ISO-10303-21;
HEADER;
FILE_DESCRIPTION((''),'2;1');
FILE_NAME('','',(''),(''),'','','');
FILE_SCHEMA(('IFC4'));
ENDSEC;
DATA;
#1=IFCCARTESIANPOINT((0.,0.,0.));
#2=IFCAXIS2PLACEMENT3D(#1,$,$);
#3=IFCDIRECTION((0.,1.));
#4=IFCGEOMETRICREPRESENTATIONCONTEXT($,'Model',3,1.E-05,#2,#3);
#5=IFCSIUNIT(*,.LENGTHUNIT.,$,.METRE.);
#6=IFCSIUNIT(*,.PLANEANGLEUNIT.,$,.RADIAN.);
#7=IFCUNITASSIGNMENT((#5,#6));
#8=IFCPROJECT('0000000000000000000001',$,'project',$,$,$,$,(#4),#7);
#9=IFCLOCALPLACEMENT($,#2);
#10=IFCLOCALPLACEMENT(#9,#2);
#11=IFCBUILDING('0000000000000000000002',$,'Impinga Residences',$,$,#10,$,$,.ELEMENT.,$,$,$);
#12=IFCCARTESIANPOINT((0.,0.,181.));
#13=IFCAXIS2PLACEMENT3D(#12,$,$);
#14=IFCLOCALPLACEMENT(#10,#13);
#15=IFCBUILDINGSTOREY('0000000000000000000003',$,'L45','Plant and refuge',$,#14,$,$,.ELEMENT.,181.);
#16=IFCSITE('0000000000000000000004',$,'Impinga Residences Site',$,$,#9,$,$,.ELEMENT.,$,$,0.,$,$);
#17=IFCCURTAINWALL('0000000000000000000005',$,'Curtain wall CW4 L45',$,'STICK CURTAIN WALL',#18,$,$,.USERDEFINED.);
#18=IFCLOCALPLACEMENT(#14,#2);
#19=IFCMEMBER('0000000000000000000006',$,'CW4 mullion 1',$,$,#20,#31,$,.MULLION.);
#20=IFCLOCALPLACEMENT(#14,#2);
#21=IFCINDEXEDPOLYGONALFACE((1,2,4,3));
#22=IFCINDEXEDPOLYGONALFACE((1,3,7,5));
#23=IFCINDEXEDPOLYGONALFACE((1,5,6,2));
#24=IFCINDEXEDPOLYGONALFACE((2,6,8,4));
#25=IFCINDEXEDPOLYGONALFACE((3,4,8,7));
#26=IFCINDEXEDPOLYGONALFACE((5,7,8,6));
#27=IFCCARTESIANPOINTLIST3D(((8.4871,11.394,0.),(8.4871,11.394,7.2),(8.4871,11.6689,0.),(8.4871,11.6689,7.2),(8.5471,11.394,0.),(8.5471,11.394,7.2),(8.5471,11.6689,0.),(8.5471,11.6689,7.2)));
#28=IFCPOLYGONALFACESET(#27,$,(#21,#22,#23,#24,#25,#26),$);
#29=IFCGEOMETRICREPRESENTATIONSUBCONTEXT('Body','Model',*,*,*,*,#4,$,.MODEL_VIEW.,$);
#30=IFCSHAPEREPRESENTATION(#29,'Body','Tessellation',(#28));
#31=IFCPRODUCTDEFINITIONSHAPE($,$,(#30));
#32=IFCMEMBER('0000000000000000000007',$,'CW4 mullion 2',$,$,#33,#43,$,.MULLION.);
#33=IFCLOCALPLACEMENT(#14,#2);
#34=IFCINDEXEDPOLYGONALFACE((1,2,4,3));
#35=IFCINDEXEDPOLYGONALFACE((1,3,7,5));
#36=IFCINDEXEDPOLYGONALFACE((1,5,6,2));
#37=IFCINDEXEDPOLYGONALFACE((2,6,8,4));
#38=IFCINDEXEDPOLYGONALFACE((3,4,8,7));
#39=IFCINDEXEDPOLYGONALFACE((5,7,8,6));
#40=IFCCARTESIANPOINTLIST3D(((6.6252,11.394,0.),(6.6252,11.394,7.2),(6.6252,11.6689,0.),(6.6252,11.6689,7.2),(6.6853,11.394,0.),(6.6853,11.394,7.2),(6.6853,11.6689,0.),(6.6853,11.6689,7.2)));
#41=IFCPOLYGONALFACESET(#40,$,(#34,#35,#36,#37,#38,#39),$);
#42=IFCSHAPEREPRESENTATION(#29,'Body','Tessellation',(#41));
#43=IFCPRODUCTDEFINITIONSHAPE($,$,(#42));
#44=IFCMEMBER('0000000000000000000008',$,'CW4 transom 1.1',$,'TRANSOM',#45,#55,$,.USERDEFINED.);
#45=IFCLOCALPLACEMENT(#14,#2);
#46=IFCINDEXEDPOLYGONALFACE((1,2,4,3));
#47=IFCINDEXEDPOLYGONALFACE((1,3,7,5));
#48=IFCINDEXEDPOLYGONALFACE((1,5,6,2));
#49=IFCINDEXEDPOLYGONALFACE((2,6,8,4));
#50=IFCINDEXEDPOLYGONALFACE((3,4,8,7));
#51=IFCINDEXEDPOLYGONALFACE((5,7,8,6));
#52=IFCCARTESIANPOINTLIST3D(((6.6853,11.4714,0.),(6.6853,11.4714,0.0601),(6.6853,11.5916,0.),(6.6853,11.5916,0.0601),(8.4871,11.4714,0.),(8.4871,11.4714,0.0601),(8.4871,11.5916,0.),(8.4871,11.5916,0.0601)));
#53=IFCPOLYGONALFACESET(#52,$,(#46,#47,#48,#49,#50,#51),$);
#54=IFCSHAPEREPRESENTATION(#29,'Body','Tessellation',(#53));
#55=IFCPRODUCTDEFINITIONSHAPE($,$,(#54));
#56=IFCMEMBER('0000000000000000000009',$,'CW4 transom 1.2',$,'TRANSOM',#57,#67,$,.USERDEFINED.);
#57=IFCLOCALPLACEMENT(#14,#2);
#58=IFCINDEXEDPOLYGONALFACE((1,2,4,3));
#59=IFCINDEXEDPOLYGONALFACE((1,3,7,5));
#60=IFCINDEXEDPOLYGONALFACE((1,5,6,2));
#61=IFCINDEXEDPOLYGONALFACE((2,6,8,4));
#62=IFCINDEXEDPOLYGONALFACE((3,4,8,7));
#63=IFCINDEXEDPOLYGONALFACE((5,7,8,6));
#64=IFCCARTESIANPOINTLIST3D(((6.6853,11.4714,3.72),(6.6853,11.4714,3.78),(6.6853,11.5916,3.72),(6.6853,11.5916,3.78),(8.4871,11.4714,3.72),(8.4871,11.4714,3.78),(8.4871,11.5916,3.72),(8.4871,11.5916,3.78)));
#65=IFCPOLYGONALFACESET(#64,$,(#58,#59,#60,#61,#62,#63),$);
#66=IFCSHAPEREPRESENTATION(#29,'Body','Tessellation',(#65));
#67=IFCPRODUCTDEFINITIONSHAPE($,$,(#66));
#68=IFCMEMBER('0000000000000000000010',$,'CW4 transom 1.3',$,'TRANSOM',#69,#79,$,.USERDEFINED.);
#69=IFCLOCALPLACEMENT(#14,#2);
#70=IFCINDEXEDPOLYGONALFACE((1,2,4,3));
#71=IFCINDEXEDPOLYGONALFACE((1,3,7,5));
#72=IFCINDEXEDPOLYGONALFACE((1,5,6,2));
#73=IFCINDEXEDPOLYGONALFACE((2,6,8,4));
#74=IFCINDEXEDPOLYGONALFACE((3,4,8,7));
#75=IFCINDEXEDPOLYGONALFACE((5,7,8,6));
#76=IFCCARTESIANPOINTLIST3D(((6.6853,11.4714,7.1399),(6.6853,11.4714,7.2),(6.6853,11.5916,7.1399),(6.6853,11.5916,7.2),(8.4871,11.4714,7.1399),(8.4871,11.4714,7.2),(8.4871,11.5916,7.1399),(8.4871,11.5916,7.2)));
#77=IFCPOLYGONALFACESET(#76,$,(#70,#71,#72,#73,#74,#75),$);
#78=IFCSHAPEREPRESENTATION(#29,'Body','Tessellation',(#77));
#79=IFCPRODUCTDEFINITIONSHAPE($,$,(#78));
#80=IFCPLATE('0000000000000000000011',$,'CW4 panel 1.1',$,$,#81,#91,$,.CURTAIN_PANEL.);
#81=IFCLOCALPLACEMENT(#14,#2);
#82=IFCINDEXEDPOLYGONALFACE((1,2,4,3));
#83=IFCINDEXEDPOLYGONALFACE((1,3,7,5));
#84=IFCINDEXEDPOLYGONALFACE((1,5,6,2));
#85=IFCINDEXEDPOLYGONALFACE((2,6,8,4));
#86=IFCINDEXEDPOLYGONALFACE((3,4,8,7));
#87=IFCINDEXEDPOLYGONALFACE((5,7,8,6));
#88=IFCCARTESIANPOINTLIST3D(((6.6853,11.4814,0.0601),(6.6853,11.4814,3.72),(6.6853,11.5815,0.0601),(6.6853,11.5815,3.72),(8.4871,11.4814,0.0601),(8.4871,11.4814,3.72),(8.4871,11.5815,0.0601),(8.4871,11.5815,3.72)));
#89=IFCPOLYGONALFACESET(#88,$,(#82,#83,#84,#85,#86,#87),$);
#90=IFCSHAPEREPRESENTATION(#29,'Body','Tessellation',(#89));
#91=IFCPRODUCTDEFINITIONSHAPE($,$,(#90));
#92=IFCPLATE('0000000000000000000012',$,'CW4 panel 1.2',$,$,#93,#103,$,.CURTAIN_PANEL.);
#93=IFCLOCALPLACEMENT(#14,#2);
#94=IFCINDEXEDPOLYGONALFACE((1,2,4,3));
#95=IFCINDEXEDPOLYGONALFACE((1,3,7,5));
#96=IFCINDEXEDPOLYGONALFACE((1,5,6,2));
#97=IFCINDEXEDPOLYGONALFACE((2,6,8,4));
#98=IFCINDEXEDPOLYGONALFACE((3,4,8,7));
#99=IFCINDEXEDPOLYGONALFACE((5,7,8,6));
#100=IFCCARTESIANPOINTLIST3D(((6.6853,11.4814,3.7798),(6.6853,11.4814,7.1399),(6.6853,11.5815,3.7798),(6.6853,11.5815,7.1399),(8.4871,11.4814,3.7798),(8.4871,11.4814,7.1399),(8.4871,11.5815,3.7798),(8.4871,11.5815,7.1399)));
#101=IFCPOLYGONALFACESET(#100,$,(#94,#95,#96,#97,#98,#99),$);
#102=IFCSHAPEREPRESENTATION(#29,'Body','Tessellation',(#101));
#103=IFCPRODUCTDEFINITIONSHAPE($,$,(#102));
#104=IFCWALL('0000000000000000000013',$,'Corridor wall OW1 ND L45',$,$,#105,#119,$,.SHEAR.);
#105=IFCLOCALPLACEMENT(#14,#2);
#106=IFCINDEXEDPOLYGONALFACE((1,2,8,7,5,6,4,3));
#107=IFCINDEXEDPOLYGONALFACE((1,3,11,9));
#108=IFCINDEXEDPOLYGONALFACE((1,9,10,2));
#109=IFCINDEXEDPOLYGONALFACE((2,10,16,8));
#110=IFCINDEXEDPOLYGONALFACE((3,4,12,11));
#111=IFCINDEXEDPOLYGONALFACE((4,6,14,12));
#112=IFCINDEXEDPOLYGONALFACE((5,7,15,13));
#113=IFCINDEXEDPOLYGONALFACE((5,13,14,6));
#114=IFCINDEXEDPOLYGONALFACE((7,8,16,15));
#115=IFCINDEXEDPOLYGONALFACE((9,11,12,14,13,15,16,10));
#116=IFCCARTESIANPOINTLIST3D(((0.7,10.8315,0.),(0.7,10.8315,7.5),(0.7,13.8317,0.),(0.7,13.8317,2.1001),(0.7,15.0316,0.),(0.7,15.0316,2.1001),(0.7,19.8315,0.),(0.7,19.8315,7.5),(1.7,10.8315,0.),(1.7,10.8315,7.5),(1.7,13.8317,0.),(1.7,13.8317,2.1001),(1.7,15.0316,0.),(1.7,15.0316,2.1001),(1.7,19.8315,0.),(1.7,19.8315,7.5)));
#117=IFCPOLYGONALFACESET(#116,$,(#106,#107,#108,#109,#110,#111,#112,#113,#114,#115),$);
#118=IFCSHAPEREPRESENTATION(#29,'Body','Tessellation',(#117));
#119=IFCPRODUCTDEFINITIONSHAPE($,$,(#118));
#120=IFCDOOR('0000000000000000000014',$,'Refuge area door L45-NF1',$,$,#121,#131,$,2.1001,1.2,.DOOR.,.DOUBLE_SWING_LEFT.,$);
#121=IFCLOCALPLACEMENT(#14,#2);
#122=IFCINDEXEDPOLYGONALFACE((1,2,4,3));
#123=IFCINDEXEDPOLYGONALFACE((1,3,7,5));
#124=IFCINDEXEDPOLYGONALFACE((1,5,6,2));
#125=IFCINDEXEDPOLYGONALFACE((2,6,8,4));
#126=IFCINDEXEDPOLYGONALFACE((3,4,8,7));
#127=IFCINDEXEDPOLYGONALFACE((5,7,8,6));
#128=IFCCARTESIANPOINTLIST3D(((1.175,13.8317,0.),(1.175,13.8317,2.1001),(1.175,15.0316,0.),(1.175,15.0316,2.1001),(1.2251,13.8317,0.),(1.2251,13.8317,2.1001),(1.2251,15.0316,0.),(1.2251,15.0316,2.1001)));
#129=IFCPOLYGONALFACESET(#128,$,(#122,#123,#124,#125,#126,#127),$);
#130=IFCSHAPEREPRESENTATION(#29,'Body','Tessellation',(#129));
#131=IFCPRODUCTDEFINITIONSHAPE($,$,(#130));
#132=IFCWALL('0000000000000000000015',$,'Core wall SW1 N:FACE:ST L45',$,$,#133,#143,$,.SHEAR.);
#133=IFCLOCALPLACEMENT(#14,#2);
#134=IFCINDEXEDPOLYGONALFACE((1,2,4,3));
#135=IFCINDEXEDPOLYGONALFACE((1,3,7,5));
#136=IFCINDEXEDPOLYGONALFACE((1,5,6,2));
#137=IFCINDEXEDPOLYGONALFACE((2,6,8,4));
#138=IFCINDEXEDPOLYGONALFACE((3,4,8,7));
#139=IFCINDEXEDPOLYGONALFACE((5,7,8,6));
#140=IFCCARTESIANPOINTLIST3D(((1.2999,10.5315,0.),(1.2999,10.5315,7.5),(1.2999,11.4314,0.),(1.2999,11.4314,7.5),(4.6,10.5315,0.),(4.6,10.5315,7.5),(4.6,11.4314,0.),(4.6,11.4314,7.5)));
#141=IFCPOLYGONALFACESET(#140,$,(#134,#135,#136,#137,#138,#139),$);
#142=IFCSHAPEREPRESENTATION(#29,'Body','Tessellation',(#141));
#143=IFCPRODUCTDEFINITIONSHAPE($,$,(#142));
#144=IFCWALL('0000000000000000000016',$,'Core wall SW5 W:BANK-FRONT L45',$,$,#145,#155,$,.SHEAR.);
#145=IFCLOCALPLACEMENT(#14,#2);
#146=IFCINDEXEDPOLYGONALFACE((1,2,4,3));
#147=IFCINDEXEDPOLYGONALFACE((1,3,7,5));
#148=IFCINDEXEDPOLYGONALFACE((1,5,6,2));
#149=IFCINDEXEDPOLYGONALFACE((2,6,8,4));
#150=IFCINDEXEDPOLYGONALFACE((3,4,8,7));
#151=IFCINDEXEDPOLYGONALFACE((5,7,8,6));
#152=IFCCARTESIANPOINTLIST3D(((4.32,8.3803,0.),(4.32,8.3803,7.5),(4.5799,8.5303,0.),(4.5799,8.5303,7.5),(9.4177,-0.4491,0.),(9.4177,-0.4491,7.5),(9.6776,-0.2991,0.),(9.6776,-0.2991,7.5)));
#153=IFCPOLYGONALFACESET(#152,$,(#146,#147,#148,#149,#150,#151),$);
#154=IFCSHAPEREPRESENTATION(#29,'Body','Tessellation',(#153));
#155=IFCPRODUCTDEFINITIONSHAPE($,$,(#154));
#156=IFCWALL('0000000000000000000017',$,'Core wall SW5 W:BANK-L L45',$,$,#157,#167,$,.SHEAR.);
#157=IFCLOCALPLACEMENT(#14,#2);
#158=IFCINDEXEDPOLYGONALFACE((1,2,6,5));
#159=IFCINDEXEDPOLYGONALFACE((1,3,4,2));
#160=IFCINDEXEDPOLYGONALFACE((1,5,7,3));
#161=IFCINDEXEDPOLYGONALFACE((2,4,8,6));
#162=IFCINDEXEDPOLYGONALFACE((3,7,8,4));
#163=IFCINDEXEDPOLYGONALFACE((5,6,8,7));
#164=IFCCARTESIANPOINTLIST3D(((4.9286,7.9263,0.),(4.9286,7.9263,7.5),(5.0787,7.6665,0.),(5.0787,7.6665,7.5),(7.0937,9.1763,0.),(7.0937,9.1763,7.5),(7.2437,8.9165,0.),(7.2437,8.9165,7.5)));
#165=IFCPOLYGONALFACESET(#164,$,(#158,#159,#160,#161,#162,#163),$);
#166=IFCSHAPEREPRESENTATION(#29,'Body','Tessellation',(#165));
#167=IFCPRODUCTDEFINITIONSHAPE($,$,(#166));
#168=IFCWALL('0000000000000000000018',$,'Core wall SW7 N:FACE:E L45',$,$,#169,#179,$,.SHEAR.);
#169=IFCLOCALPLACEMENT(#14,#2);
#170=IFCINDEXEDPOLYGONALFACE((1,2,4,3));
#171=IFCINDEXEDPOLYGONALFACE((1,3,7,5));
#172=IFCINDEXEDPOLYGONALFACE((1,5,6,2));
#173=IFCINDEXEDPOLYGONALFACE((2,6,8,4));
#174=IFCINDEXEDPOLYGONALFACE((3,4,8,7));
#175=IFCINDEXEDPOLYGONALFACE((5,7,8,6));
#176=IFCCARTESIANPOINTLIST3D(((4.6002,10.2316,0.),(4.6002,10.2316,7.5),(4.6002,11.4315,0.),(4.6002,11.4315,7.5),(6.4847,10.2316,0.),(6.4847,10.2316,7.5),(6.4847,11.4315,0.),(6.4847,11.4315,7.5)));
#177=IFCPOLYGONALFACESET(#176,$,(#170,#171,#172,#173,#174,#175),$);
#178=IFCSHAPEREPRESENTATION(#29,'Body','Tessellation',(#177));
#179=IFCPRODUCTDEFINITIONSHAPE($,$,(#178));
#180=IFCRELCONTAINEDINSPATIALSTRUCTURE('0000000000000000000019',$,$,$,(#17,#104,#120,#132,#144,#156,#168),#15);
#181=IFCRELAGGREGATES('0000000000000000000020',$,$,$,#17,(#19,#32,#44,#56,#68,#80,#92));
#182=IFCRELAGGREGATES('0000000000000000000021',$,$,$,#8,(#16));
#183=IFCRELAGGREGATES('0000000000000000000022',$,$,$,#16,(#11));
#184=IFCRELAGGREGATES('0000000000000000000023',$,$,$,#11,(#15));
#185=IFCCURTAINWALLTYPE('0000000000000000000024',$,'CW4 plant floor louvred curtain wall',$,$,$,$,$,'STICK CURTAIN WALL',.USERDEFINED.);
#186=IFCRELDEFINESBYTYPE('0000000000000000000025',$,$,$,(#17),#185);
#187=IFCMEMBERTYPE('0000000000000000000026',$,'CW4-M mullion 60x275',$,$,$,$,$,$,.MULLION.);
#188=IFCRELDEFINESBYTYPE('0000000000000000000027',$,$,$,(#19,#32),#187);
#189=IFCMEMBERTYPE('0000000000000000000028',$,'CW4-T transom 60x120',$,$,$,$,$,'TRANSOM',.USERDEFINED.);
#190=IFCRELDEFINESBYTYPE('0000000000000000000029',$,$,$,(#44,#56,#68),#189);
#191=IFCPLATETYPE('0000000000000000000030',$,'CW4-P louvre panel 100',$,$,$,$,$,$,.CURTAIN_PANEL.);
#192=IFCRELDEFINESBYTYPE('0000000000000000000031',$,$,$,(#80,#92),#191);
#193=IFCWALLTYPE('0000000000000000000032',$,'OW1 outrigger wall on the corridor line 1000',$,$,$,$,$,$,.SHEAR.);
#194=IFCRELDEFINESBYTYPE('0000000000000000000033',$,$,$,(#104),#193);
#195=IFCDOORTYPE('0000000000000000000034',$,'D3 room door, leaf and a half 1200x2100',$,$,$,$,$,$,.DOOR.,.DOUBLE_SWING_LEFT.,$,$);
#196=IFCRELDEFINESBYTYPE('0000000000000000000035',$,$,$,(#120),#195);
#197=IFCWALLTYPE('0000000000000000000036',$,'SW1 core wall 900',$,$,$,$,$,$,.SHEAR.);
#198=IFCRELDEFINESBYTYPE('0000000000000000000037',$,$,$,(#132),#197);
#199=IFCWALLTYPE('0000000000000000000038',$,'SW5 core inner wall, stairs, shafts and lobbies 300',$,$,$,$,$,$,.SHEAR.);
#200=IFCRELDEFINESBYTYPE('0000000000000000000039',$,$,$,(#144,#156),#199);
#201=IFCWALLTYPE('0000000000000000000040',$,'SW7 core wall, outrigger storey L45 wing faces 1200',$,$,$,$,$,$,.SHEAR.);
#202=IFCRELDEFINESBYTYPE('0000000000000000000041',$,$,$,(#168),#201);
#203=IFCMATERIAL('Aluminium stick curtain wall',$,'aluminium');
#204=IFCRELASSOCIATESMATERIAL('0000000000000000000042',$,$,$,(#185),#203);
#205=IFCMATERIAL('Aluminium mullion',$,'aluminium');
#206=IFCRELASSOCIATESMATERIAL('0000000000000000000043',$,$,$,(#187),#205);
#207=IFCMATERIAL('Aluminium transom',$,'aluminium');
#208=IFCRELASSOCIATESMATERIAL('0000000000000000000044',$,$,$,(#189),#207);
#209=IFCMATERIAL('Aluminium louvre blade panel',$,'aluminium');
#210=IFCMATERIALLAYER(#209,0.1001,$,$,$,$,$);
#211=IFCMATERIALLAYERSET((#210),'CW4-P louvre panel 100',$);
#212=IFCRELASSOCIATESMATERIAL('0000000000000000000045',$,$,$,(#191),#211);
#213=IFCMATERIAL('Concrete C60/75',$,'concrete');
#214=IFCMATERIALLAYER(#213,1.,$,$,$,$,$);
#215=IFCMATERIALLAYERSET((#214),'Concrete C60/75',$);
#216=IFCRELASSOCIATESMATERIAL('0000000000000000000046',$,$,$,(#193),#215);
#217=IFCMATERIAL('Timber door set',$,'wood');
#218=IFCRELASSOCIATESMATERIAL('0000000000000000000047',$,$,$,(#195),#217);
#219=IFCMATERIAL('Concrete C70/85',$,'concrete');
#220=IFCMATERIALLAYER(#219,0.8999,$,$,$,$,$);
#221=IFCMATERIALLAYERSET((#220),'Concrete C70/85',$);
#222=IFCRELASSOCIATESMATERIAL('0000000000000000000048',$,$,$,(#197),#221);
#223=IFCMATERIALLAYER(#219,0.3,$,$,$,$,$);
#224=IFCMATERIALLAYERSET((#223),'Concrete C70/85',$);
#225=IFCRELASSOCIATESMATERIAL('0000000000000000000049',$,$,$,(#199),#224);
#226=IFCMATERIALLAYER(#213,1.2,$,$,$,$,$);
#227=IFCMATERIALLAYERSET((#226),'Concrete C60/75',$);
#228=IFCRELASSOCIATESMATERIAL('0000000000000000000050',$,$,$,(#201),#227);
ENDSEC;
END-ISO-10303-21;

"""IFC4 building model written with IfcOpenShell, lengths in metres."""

from ifc_helpers import new_model, si_unit, direction, frame, frame_2d, origin, origin_2d, place, context, subcontext, project, spatial, rectangle, extrude, material, layer, layer_set, material_profile, profile_set, type_object, element, fill, aggregate, save


model = new_model("IFC4")

# Units and contexts
model_context = context("Model", 3, precision=1e-05, world=origin(), true_north=direction((0.0, 1.0)))
body_context = subcontext(model_context, "Body", "Model", "MODEL_VIEW")
ifc_project = project(units=[si_unit("LENGTHUNIT", "METRE"), si_unit("PLANEANGLEUNIT", "RADIAN")], contexts=[model_context])

# Site, building, storey
site_placement = place(None, origin())
site = spatial("IfcSite", under=ifc_project, at=site_placement, Name="Impinga Residences Site", CompositionType="ELEMENT", RefElevation=0.0)
building_placement = place(site_placement, origin())
building = spatial("IfcBuilding", under=site, at=building_placement, Name="Impinga Residences", CompositionType="ELEMENT")
storey_placement = place(building_placement, frame((0.0, 0.0, 181.0)))
storey = spatial("IfcBuildingStorey", under=building, at=storey_placement, Name="L45", Description="Plant and refuge", CompositionType="ELEMENT", Elevation=181.0)

# Shared definitions
ifc_material_1 = material(Name="Concrete C60/75", Category="concrete")

# Curtain wall, members, plates
ifc_material_2 = material(Name="Aluminium stick curtain wall", Category="aluminium")
curtain_wall_type = type_object("IfcCurtainWallType", Name="CW4 plant floor louvred curtain wall", ElementType="STICK CURTAIN WALL", PredefinedType="USERDEFINED", material=ifc_material_2)
curtain_wall_placement = place(storey_placement, origin())
curtain_wall = element("IfcCurtainWall", 1, at=curtain_wall_placement, inside=storey, type_object=curtain_wall_type, Name="Curtain wall CW4 L45", ObjectType="STICK CURTAIN WALL", PredefinedType="USERDEFINED")
ifc_material_3 = material(Name="Aluminium mullion", Category="aluminium")
ifc_material_profile_1 = material_profile(ifc_material_3, rectangle(XDim=0.0601, YDim=0.2749, at=origin_2d()), Name="60x275 mullion")
ifc_profile_set_1 = profile_set([ifc_material_profile_1], Name="Aluminium mullion")
member_type_1 = type_object("IfcMemberType", Name="CW4-M mullion 60x275", PredefinedType="MULLION", material=ifc_profile_set_1)
member_1_placement = place(storey_placement, frame((8.5171, 11.5315, 0.0), z_axis=(0.0, 0.0, 1.0), x_axis=(-1.0, 0.0, 0.0)))
member_1 = element("IfcMember", 2, at=member_1_placement, type_object=member_type_1, Name="CW4 mullion 1", PredefinedType="MULLION", context=body_context, shape_type="SweptSolid", body=[
    extrude(rectangle(XDim=0.0601, YDim=0.2749, at=origin_2d()), origin(), (0.0, 0.0, 1.0), 7.2),
])
member_2_placement = place(storey_placement, frame((6.6553, 11.5315, 0.0), z_axis=(0.0, 0.0, 1.0), x_axis=(-1.0, 0.0, 0.0)))
member_2 = element("IfcMember", 3, at=member_2_placement, type_object=member_type_1, Name="CW4 mullion 2", PredefinedType="MULLION", context=body_context, shape_type="SweptSolid", body=[
    extrude(rectangle(XDim=0.0601, YDim=0.2749, at=origin_2d()), origin(), (0.0, 0.0, 1.0), 7.2),
])
ifc_material_4 = material(Name="Aluminium transom", Category="aluminium")
ifc_material_profile_2 = material_profile(ifc_material_4, rectangle(XDim=0.0601, YDim=0.1201, at=origin_2d()), Name="60x120 transom")
ifc_profile_set_2 = profile_set([ifc_material_profile_2], Name="Aluminium transom")
member_type_2 = type_object("IfcMemberType", Name="CW4-T transom 60x120", ElementType="TRANSOM", PredefinedType="USERDEFINED", material=ifc_profile_set_2)
member_3_placement = place(storey_placement, frame((8.4871, 11.5315, 0.03), z_axis=(-1.0, 0.0, 0.0), x_axis=(0.0, 0.0, 1.0)))
member_3 = element("IfcMember", 4, at=member_3_placement, type_object=member_type_2, Name="CW4 transom 1.1", ObjectType="TRANSOM", PredefinedType="USERDEFINED", context=body_context, shape_type="SweptSolid", body=[
    extrude(rectangle(XDim=0.0601, YDim=0.1201, at=origin_2d()), origin(), (0.0, 0.0, 1.0), 1.8018),
])
member_4_placement = place(storey_placement, frame((8.4871, 11.5315, 3.75), z_axis=(-1.0, 0.0, 0.0), x_axis=(0.0, 0.0, 1.0)))
member_4 = element("IfcMember", 5, at=member_4_placement, type_object=member_type_2, Name="CW4 transom 1.2", ObjectType="TRANSOM", PredefinedType="USERDEFINED", context=body_context, shape_type="SweptSolid", body=[
    extrude(rectangle(XDim=0.0601, YDim=0.1201, at=origin_2d()), origin(), (0.0, 0.0, 1.0), 1.8018),
])
member_5_placement = place(storey_placement, frame((8.4871, 11.5315, 7.1699), z_axis=(-1.0, 0.0, 0.0), x_axis=(0.0, 0.0, 1.0)))
member_5 = element("IfcMember", 6, at=member_5_placement, type_object=member_type_2, Name="CW4 transom 1.3", ObjectType="TRANSOM", PredefinedType="USERDEFINED", context=body_context, shape_type="SweptSolid", body=[
    extrude(rectangle(XDim=0.0601, YDim=0.1201, at=origin_2d()), origin(), (0.0, 0.0, 1.0), 1.8018),
])
ifc_material_5 = material(Name="Aluminium louvre blade panel", Category="aluminium")
ifc_layer_1 = layer(ifc_material_5, 0.1001)
ifc_layer_set_1 = layer_set([ifc_layer_1], Name="CW4-P louvre panel 100")
plate_type = type_object("IfcPlateType", Name="CW4-P louvre panel 100", PredefinedType="CURTAIN_PANEL", material=ifc_layer_set_1)
plate_1_placement = place(storey_placement, frame((7.5862, 11.5315, 0.0601), z_axis=(0.0, 0.0, 1.0), x_axis=(-1.0, 0.0, 0.0)))
plate_1 = element("IfcPlate", 7, at=plate_1_placement, type_object=plate_type, Name="CW4 panel 1.1", PredefinedType="CURTAIN_PANEL", context=body_context, shape_type="SweptSolid", body=[
    extrude(rectangle(XDim=1.8018, YDim=0.1001, at=origin_2d()), origin(), (0.0, 0.0, 1.0), 3.6599),
])
plate_2_placement = place(storey_placement, frame((7.5862, 11.5315, 3.7798), z_axis=(0.0, 0.0, 1.0), x_axis=(-1.0, 0.0, 0.0)))
plate_2 = element("IfcPlate", 8, at=plate_2_placement, type_object=plate_type, Name="CW4 panel 1.2", PredefinedType="CURTAIN_PANEL", context=body_context, shape_type="SweptSolid", body=[
    extrude(rectangle(XDim=1.8018, YDim=0.1001, at=origin_2d()), origin(), (0.0, 0.0, 1.0), 3.3601),
])
aggregate(curtain_wall, [member_1, member_2, member_3, member_4, member_5, plate_1, plate_2])

# Wall, opening, door
ifc_layer_2 = layer(ifc_material_1, 1.0)
ifc_layer_set_2 = layer_set([ifc_layer_2], Name="Concrete C60/75")
wall_type_1 = type_object("IfcWallType", Name="OW1 outrigger wall on the corridor line 1000", PredefinedType="SHEAR", material=ifc_layer_set_2)
wall_1_placement = place(storey_placement, frame((1.2, 10.8315, 0.0), z_axis=(0.0, 0.0, 1.0), x_axis=(0.0, 1.0, 0.0)))
wall_1 = element("IfcWall", 9, at=wall_1_placement, inside=storey, type_object=wall_type_1, Name="Corridor wall OW1 ND L45", PredefinedType="SHEAR", context=body_context, shape_type="SweptSolid", body=[
    extrude(rectangle(XDim=9.0, YDim=1.0, at=frame_2d((4.5, 0.0))), origin(), (0.0, 0.0, 1.0), 7.5),
])
opening_placement = place(wall_1_placement, frame((3.0, 0.0, 0.0)))
opening = element("IfcOpeningElement", 10, at=opening_placement, cuts=wall_1, PredefinedType="OPENING", context=body_context, shape_type="SweptSolid", body=[
    extrude(rectangle(XDim=1.2, YDim=2.1001, at=frame_2d((0.6001, 1.05))), frame((0.0, 0.51, 0.0), z_axis=(0.0, -1.0, 0.0), x_axis=(1.0, 0.0, 0.0)), (0.0, 0.0, 1.0), 1.02),
])
ifc_material_6 = material(Name="Timber door set", Category="wood")
door_type = type_object("IfcDoorType", Name="D3 room door, leaf and a half 1200x2100", OperationType="DOUBLE_SWING_LEFT", PredefinedType="DOOR", material=ifc_material_6)
door_placement = place(opening_placement, origin())
door = element("IfcDoor", 11, at=door_placement, inside=storey, type_object=door_type, Name="Refuge area door L45-NF1", OperationType="DOUBLE_SWING_LEFT", OverallHeight=2.1001, OverallWidth=1.2, PredefinedType="DOOR", context=body_context, shape_type="SweptSolid", body=[
    extrude(rectangle(XDim=1.2, YDim=2.1001, at=frame_2d((0.6001, 1.05))), frame((0.0, 0.0249, 0.0), z_axis=(0.0, -1.0, 0.0), x_axis=(1.0, 0.0, 0.0)), (0.0, 0.0, 1.0), 0.05),
])
fill(opening, door)

# Walls
ifc_material_7 = material(Name="Concrete C70/85", Category="concrete")
ifc_layer_3 = layer(ifc_material_7, 0.8999)
ifc_layer_set_3 = layer_set([ifc_layer_3], Name="Concrete C70/85")
wall_type_2 = type_object("IfcWallType", Name="SW1 core wall 900", PredefinedType="SHEAR", material=ifc_layer_set_3)
wall_2_placement = place(storey_placement, frame((1.3, 10.9814, 0.0), z_axis=(0.0, 0.0, 1.0), x_axis=(1.0, 0.0, 0.0)))
element("IfcWall", 12, at=wall_2_placement, inside=storey, type_object=wall_type_2, Name="Core wall SW1 N:FACE:ST L45", PredefinedType="SHEAR", context=body_context, shape_type="SweptSolid", body=[
    extrude(rectangle(XDim=3.3, YDim=0.8999, at=frame_2d((1.6499, 0.0))), origin(), (0.0, 0.0, 1.0), 7.5),
])
ifc_layer_4 = layer(ifc_material_7, 0.3)
ifc_layer_set_4 = layer_set([ifc_layer_4], Name="Concrete C70/85")
wall_type_3 = type_object("IfcWallType", Name="SW5 core inner wall, stairs, shafts and lobbies 300", PredefinedType="SHEAR", material=ifc_layer_set_4)
wall_3_placement = place(storey_placement, frame((4.45, 8.4553, 0.0), z_axis=(0.0, 0.0, 1.0), x_axis=(0.500002, -0.866024, 0.0)))
element("IfcWall", 13, at=wall_3_placement, inside=storey, type_object=wall_type_3, Name="Core wall SW5 W:BANK-FRONT L45", PredefinedType="SHEAR", context=body_context, shape_type="SweptSolid", body=[
    extrude(rectangle(XDim=10.1953, YDim=0.3, at=frame_2d((5.0977, 0.0))), origin(), (0.0, 0.0, 1.0), 7.5),
])
wall_4_placement = place(storey_placement, frame((5.0037, 7.7964, 0.0), z_axis=(0.0, 0.0, 1.0), x_axis=(0.866023, 0.500004, 0.0)))
element("IfcWall", 14, at=wall_4_placement, inside=storey, type_object=wall_type_3, Name="Core wall SW5 W:BANK-L L45", PredefinedType="SHEAR", context=body_context, shape_type="SweptSolid", body=[
    extrude(rectangle(XDim=2.5, YDim=0.3, at=frame_2d((1.25, 0.0))), origin(), (0.0, 0.0, 1.0), 7.5),
])
ifc_layer_5 = layer(ifc_material_1, 1.2)
ifc_layer_set_5 = layer_set([ifc_layer_5], Name="Concrete C60/75")
wall_type_4 = type_object("IfcWallType", Name="SW7 core wall, outrigger storey L45 wing faces 1200", PredefinedType="SHEAR", material=ifc_layer_set_5)
wall_5_placement = place(storey_placement, frame((4.6001, 10.8315, 0.0), z_axis=(0.0, 0.0, 1.0), x_axis=(1.0, 0.0, 0.0)))
element("IfcWall", 15, at=wall_5_placement, inside=storey, type_object=wall_type_4, Name="Core wall SW7 N:FACE:E L45", PredefinedType="SHEAR", context=body_context, shape_type="SweptSolid", body=[
    extrude(rectangle(XDim=1.8845, YDim=1.2, at=frame_2d((0.9424, 0.0))), origin(), (0.0, 0.0, 1.0), 7.5),
])

save(model, "model.ifc")
